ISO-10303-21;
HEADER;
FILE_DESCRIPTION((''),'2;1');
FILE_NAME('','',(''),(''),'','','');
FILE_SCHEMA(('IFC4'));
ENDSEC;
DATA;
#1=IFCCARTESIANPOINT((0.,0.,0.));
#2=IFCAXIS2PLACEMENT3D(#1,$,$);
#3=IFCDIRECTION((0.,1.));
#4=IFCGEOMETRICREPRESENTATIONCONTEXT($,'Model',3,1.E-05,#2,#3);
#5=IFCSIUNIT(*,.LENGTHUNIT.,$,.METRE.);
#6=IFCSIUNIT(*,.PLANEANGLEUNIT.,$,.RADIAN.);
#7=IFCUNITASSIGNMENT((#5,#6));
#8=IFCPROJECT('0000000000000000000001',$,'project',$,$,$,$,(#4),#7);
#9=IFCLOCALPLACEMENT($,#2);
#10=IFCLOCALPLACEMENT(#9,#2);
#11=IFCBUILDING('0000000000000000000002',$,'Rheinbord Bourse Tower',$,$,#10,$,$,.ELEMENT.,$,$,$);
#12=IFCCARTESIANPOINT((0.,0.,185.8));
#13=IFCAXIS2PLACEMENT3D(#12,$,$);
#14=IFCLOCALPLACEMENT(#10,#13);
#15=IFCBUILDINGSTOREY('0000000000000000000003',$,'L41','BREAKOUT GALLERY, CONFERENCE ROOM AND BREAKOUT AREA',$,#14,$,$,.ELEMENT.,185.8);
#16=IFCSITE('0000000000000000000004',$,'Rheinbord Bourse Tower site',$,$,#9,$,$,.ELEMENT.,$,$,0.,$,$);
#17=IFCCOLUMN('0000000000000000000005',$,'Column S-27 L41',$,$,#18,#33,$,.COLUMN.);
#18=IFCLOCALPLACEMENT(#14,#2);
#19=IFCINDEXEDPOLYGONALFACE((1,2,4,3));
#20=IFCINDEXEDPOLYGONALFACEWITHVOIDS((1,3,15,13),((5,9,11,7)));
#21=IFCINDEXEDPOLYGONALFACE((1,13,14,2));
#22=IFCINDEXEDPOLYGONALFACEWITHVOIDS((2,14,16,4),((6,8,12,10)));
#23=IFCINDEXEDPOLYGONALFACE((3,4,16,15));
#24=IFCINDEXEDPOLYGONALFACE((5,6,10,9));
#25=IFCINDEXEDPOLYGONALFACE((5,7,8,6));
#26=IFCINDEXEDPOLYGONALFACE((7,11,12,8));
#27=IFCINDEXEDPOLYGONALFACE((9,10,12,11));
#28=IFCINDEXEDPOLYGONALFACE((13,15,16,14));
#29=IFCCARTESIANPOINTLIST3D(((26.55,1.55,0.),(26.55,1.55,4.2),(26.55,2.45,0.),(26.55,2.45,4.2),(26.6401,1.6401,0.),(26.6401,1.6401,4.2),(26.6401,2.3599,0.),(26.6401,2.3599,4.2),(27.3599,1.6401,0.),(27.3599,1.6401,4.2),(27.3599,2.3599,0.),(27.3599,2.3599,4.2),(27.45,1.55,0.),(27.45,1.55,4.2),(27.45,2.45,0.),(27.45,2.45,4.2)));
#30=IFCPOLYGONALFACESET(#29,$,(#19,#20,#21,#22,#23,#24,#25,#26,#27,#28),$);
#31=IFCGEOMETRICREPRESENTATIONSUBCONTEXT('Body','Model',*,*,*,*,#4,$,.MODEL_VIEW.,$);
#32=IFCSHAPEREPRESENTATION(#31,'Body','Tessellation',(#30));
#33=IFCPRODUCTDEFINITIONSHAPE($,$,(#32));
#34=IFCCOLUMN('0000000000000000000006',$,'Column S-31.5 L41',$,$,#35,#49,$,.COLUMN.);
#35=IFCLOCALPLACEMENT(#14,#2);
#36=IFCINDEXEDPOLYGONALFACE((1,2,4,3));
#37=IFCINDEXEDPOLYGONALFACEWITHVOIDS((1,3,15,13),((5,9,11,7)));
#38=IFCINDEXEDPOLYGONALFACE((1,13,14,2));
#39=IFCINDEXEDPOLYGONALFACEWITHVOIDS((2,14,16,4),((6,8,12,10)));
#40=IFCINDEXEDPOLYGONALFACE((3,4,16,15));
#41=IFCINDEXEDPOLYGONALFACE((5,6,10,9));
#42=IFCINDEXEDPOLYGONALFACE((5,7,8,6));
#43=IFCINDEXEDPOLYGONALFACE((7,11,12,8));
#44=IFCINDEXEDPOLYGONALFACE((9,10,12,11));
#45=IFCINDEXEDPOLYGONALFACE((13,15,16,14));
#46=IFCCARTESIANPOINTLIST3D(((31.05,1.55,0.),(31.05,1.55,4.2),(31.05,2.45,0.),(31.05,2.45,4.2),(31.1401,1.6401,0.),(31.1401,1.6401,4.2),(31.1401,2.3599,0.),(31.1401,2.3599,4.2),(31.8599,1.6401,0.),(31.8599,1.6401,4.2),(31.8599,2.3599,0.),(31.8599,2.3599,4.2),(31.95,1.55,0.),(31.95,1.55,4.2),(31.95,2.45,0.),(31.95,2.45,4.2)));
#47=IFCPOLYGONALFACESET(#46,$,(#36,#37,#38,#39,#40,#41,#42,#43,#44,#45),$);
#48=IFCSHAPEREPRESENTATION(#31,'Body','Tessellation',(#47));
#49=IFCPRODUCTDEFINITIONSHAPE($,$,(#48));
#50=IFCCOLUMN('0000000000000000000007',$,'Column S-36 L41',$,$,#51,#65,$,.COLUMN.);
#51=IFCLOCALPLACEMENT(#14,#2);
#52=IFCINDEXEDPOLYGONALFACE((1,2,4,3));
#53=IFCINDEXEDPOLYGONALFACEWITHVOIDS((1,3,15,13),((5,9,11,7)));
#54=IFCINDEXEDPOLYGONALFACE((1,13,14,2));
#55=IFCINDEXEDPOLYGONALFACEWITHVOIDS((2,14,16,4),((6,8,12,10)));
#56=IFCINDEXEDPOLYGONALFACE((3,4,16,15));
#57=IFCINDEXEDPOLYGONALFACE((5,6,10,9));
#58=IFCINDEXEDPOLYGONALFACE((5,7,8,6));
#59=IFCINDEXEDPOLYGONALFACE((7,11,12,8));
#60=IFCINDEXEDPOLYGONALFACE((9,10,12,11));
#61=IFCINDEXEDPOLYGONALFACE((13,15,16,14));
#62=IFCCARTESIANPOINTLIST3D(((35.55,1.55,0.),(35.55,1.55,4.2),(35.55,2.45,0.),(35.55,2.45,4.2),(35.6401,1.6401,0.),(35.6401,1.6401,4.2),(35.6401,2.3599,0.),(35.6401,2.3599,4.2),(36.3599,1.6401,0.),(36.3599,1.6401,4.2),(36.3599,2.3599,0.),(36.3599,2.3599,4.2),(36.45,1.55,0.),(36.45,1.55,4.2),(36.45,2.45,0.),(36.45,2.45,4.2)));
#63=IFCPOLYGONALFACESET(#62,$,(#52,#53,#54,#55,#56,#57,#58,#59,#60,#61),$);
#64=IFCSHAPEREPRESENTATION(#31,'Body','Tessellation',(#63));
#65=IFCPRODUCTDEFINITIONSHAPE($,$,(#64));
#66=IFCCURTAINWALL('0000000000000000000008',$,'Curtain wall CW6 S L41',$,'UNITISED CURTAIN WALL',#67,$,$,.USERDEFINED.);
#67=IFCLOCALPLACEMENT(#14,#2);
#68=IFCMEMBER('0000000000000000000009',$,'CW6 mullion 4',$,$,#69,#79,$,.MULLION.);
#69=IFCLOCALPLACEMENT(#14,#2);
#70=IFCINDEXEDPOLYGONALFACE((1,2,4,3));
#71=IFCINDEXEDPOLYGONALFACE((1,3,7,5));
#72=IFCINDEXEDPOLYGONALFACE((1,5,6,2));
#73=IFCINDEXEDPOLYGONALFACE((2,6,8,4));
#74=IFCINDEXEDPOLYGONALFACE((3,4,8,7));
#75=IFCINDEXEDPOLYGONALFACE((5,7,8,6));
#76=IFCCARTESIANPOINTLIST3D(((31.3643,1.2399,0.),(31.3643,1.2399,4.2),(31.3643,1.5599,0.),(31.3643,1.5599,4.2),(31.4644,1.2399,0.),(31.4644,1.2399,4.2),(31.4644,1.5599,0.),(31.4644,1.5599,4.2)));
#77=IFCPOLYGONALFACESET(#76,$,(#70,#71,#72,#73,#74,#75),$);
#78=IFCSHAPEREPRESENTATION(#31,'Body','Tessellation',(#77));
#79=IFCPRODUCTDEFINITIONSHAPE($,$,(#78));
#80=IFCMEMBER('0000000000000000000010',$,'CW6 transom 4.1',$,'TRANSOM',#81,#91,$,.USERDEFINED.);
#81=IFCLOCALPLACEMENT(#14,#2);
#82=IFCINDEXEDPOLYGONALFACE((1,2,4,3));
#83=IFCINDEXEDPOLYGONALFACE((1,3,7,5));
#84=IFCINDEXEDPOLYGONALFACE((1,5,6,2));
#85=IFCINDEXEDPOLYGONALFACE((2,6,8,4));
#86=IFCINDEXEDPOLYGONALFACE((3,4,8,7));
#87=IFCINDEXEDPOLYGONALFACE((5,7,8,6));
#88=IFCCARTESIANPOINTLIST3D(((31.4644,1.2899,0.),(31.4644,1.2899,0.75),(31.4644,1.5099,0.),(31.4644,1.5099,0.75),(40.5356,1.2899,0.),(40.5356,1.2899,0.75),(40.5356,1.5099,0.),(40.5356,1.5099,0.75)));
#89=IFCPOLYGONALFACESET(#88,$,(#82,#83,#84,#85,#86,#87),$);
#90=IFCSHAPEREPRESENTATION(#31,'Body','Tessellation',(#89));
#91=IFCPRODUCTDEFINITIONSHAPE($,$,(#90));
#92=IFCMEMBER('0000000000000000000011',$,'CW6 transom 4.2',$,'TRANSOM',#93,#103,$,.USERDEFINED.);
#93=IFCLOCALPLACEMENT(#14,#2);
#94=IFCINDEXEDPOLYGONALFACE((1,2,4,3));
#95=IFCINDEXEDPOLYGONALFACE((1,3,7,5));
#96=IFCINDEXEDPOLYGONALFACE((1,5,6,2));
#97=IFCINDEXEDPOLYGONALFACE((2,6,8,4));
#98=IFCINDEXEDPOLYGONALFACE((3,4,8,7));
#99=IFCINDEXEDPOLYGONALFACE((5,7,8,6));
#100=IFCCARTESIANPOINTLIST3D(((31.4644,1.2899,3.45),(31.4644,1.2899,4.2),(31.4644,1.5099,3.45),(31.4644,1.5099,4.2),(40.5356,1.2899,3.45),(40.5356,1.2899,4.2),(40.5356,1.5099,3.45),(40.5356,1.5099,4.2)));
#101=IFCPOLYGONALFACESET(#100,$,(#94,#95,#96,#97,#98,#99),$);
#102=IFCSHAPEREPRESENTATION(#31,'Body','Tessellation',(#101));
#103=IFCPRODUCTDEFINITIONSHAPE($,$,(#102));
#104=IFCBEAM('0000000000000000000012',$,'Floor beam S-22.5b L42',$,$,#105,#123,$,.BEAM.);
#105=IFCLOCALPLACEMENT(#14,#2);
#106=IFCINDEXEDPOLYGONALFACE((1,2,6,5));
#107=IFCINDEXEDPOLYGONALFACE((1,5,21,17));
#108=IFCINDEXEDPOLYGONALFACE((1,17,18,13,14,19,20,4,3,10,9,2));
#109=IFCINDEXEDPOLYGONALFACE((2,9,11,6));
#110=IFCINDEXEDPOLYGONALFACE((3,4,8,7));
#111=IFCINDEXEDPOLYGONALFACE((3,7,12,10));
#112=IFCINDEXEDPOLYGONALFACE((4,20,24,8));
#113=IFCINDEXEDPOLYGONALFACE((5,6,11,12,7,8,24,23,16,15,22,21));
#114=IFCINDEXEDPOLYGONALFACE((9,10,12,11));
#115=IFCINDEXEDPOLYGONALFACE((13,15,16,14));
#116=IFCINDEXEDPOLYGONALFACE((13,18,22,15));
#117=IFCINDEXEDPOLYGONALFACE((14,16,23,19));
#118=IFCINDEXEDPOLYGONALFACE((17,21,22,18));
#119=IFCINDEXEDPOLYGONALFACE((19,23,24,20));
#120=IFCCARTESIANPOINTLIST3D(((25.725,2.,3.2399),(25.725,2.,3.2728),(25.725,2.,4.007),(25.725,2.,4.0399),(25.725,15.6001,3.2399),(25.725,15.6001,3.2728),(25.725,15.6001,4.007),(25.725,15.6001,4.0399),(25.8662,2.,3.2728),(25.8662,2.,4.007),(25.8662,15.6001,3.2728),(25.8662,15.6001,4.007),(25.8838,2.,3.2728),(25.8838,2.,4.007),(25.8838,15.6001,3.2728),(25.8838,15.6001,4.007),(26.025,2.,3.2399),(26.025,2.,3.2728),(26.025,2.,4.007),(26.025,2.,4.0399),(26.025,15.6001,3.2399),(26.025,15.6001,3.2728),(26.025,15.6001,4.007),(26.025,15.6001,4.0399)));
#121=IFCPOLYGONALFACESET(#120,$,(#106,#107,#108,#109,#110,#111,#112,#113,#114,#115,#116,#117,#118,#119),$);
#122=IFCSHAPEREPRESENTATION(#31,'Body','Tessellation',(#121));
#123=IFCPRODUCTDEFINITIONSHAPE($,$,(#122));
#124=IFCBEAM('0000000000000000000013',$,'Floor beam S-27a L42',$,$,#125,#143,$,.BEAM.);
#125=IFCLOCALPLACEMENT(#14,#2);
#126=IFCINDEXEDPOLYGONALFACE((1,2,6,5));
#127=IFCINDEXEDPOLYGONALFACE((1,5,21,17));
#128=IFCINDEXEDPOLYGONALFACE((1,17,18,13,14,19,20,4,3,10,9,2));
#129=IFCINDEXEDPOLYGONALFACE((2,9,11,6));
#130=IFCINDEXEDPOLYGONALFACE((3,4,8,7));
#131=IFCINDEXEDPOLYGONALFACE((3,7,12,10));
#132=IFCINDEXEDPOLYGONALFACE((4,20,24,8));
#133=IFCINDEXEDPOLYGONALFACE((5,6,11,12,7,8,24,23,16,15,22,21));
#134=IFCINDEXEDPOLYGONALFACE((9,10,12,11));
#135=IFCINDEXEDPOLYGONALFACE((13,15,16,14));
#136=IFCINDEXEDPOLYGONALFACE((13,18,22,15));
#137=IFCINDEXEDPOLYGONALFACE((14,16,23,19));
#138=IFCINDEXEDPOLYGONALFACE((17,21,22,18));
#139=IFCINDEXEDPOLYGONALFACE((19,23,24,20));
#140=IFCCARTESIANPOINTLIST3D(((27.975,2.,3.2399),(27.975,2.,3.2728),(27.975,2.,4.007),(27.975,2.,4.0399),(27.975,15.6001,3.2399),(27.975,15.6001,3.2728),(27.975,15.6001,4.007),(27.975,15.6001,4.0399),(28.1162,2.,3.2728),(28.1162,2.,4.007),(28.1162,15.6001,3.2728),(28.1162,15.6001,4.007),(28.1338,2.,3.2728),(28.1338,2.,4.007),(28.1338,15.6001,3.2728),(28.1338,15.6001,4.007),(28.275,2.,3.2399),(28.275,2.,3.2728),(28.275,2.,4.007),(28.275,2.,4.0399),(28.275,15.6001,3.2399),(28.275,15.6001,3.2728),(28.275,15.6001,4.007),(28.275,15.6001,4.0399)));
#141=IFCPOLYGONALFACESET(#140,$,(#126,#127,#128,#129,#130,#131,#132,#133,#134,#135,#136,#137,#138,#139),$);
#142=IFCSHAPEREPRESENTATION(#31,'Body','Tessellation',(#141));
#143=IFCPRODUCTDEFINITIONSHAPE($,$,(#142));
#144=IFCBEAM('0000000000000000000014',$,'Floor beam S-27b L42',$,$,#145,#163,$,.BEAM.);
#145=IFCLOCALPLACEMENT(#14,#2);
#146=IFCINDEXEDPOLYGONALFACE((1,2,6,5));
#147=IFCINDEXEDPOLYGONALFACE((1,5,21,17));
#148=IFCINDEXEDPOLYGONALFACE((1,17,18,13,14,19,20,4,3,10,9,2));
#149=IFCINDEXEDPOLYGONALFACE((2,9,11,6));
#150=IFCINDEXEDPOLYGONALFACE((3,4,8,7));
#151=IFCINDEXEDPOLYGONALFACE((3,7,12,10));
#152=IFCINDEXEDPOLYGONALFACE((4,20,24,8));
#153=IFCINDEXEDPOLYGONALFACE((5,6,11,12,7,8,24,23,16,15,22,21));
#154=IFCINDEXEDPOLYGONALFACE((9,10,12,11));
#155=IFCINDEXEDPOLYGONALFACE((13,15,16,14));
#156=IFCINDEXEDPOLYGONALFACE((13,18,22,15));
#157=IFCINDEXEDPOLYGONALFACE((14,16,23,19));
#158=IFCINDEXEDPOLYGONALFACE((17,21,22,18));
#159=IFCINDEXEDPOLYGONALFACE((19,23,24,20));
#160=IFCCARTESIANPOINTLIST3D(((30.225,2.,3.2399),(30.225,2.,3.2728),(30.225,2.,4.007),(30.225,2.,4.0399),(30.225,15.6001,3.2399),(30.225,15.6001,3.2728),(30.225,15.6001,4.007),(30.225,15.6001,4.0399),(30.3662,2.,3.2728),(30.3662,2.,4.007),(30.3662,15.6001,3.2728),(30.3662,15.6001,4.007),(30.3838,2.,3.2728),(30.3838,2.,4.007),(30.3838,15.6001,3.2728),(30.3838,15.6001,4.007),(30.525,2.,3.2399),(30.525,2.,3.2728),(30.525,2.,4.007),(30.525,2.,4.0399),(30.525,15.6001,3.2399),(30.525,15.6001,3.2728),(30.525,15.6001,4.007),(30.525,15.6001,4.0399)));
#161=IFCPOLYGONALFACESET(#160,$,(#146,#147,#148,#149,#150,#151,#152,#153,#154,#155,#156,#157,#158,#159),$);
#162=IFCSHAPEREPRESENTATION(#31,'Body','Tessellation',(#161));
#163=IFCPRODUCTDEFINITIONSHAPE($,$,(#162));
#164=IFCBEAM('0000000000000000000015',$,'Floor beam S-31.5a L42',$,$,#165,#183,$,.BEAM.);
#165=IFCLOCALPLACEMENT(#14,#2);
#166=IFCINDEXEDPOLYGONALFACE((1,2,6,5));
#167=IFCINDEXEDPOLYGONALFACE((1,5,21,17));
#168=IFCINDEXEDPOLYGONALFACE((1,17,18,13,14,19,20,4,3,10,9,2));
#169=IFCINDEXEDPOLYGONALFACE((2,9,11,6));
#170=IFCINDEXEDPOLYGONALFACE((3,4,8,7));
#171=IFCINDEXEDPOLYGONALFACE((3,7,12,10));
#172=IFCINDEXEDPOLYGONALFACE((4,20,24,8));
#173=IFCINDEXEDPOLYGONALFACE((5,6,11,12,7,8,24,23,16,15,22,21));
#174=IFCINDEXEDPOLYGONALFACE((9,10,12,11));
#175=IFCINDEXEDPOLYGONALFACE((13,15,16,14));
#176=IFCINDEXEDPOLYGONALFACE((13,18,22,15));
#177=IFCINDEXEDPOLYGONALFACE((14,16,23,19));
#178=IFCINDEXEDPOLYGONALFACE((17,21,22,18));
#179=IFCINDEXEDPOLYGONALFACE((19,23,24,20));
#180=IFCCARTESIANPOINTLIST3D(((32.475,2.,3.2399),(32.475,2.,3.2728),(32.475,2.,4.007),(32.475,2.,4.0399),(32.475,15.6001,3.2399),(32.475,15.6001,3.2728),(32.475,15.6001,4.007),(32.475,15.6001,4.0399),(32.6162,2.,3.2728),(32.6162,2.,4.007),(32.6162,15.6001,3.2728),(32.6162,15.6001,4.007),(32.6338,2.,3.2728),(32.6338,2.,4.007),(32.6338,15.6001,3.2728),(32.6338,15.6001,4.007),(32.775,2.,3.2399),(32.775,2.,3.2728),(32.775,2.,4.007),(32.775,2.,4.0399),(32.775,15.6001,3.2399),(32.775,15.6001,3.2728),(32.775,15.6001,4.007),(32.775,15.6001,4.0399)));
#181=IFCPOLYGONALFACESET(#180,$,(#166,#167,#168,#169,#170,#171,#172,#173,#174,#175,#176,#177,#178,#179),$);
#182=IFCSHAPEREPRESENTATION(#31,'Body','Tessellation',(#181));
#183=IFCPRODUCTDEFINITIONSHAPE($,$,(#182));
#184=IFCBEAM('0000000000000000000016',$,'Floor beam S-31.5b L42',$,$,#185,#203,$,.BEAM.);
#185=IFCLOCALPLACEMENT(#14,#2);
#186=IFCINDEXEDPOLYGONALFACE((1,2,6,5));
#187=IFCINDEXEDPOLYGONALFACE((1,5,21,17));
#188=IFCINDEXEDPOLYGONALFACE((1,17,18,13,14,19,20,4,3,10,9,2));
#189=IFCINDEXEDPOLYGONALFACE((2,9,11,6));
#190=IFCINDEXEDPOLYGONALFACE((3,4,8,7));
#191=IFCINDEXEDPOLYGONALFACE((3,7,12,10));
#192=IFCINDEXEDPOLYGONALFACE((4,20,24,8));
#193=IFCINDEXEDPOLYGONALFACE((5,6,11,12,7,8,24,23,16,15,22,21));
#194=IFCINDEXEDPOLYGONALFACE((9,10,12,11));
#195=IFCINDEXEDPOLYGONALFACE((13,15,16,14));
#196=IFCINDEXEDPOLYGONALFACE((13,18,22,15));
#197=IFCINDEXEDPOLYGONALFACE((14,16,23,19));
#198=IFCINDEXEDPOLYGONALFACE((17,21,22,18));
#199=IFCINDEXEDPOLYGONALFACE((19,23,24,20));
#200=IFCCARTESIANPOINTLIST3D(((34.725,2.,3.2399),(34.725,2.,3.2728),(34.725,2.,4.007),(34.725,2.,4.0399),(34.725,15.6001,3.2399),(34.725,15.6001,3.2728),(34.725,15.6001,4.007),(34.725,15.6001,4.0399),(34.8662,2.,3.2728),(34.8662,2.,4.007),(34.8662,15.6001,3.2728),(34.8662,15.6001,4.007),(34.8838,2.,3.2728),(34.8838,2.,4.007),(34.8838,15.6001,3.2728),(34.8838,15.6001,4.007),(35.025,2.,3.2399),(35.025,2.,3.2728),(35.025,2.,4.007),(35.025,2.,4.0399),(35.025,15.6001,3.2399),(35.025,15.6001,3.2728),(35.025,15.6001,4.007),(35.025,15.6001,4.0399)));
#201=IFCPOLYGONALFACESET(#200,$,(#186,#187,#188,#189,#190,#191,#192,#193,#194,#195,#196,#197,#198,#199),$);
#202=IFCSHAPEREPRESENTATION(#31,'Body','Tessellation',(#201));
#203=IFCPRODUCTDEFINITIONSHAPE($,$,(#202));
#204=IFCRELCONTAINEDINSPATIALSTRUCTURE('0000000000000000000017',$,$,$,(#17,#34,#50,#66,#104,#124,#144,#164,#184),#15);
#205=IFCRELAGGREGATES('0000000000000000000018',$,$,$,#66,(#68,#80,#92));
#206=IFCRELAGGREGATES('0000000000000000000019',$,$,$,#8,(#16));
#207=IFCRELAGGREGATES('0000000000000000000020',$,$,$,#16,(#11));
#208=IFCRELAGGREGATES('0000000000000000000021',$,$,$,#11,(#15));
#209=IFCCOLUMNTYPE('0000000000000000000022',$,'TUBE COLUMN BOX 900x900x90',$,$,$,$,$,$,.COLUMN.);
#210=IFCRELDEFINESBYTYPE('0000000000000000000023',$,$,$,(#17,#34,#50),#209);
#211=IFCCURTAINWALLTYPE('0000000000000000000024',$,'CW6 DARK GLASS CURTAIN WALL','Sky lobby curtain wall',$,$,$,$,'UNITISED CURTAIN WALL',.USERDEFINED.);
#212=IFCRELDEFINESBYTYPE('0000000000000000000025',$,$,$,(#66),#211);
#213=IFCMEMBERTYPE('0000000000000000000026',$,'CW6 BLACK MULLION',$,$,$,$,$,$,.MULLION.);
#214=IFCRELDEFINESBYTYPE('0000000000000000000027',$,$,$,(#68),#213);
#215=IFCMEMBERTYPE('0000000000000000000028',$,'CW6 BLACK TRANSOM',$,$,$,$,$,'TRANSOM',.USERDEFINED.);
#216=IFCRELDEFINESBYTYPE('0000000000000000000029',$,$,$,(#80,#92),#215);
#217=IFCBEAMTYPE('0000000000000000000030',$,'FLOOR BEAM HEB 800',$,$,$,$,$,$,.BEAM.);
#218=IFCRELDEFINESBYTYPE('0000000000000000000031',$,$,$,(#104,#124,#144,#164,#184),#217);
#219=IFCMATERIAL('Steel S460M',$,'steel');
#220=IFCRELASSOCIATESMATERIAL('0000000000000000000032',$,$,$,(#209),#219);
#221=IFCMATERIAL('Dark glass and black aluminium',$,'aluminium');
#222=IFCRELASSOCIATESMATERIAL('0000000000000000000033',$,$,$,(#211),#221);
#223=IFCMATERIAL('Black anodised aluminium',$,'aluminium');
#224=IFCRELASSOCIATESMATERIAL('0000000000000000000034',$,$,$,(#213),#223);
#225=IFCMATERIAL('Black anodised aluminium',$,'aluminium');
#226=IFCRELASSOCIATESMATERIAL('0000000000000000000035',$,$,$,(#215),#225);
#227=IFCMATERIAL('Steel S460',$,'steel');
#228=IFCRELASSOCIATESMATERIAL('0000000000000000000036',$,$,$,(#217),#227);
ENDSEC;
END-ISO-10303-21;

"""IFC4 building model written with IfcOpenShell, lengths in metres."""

from ifc_helpers import new_model, si_unit, direction, frame, origin, origin_2d, place, context, subcontext, project, spatial, rectangle, hollow_rectangle, i_section, extrude, material, material_profile, profile_set, type_object, element, aggregate, save


model = new_model("IFC4")

# Units and contexts
model_context = context("Model", 3, precision=1e-05, world=origin(), true_north=direction((0.0, 1.0)))
body_context = subcontext(model_context, "Body", "Model", "MODEL_VIEW")
ifc_project = project(units=[si_unit("LENGTHUNIT", "METRE"), si_unit("PLANEANGLEUNIT", "RADIAN")], contexts=[model_context])

# Site, building, storey
site_placement = place(None, origin())
site = spatial("IfcSite", under=ifc_project, at=site_placement, Name="Rheinbord Bourse Tower site", CompositionType="ELEMENT", RefElevation=0.0)
building_placement = place(site_placement, origin())
building = spatial("IfcBuilding", under=site, at=building_placement, Name="Rheinbord Bourse Tower", CompositionType="ELEMENT")
storey_placement = place(building_placement, frame((0.0, 0.0, 185.8)))
storey = spatial("IfcBuildingStorey", under=building, at=storey_placement, Name="L41", Description="BREAKOUT GALLERY, CONFERENCE ROOM AND BREAKOUT AREA", CompositionType="ELEMENT", Elevation=185.8)

# Columns
ifc_material_1 = material(Name="Steel S460M", Category="steel")
ifc_material_profile_1 = material_profile(ifc_material_1, hollow_rectangle(XDim=0.8999, YDim=0.8999, WallThickness=0.0901, at=origin_2d()), Name="BOX 900x900x90")
ifc_profile_set_1 = profile_set([ifc_material_profile_1], Name="Steel S460M")
column_type = type_object("IfcColumnType", Name="TUBE COLUMN BOX 900x900x90", PredefinedType="COLUMN", material=ifc_profile_set_1)
for number, where, z_axis, x_axis, name in (
    (1, (27.0, 2.0, 0.0), (0.0, 0.0, 1.0), (0.0, 1.0, 0.0), "Column S-27 L41"),
    (2, (31.5, 2.0, 0.0), (0.0, 0.0, 1.0), (0.0, 1.0, 0.0), "Column S-31.5 L41"),
    (3, (36.0, 2.0, 0.0), (0.0, 0.0, 1.0), (0.0, 1.0, 0.0), "Column S-36 L41"),
):
    element("IfcColumn", number, at=place(storey_placement, frame(where, z_axis=z_axis, x_axis=x_axis)), inside=storey, type_object=column_type, Name=name, PredefinedType="COLUMN", context=body_context, shape_type="SweptSolid", body=[
        extrude(hollow_rectangle(XDim=0.8999, YDim=0.8999, WallThickness=0.0901, at=origin_2d()), origin(), (0.0, 0.0, 1.0), 4.2),
    ])

# Curtain wall, members
ifc_material_2 = material(Name="Dark glass and black aluminium", Category="aluminium")
curtain_wall_type = type_object("IfcCurtainWallType", Name="CW6 DARK GLASS CURTAIN WALL", Description="Sky lobby curtain wall", ElementType="UNITISED CURTAIN WALL", PredefinedType="USERDEFINED", material=ifc_material_2)
curtain_wall_placement = place(storey_placement, origin())
curtain_wall = element("IfcCurtainWall", 4, at=curtain_wall_placement, inside=storey, type_object=curtain_wall_type, Name="Curtain wall CW6 S L41", ObjectType="UNITISED CURTAIN WALL", PredefinedType="USERDEFINED")
ifc_material_3 = material(Name="Black anodised aluminium", Category="aluminium")
ifc_material_profile_2 = material_profile(ifc_material_3, rectangle(XDim=0.3201, YDim=0.1001, at=origin_2d()), Name="CW6 MULLION 100x320")
ifc_profile_set_2 = profile_set([ifc_material_profile_2], Name="Black anodised aluminium")
member_type_1 = type_object("IfcMemberType", Name="CW6 BLACK MULLION", PredefinedType="MULLION", material=ifc_profile_set_2)
member_1_placement = place(storey_placement, frame((31.4143, 1.3999, 0.0), z_axis=(0.0, 0.0, 1.0), x_axis=(0.0, 1.0, 0.0)))
member_1 = element("IfcMember", 5, at=member_1_placement, type_object=member_type_1, Name="CW6 mullion 4", PredefinedType="MULLION", context=body_context, shape_type="SweptSolid", body=[
    extrude(rectangle(XDim=0.3201, YDim=0.1001, at=origin_2d()), origin(), (0.0, 0.0, 1.0), 4.2),
])
ifc_material_4 = material(Name="Black anodised aluminium", Category="aluminium")
ifc_material_profile_3 = material_profile(ifc_material_4, rectangle(XDim=0.22, YDim=0.75, at=origin_2d()), Name="CW6 TRANSOM 750x220")
ifc_profile_set_3 = profile_set([ifc_material_profile_3], Name="Black anodised aluminium")
member_type_2 = type_object("IfcMemberType", Name="CW6 BLACK TRANSOM", ElementType="TRANSOM", PredefinedType="USERDEFINED", material=ifc_profile_set_3)
member_2_placement = place(storey_placement, frame((31.4644, 1.3999, 0.375), z_axis=(1.0, 0.0, 0.0), x_axis=(0.0, 1.0, 0.0)))
member_2 = element("IfcMember", 6, at=member_2_placement, type_object=member_type_2, Name="CW6 transom 4.1", ObjectType="TRANSOM", PredefinedType="USERDEFINED", context=body_context, shape_type="SweptSolid", body=[
    extrude(rectangle(XDim=0.22, YDim=0.75, at=origin_2d()), origin(), (0.0, 0.0, 1.0), 9.0713),
])
member_3_placement = place(storey_placement, frame((31.4644, 1.3999, 3.825), z_axis=(1.0, 0.0, 0.0), x_axis=(0.0, 1.0, 0.0)))
member_3 = element("IfcMember", 7, at=member_3_placement, type_object=member_type_2, Name="CW6 transom 4.2", ObjectType="TRANSOM", PredefinedType="USERDEFINED", context=body_context, shape_type="SweptSolid", body=[
    extrude(rectangle(XDim=0.22, YDim=0.75, at=origin_2d()), origin(), (0.0, 0.0, 1.0), 9.0713),
])

# Beams
ifc_material_5 = material(Name="Steel S460", Category="steel")
ifc_material_profile_4 = material_profile(ifc_material_5, i_section(OverallWidth=0.3, OverallDepth=0.8, WebThickness=0.0176, FlangeThickness=0.033, at=origin_2d()), Name="HEB 800")
ifc_profile_set_4 = profile_set([ifc_material_profile_4], Name="Steel S460")
beam_type_1 = type_object("IfcBeamType", Name="FLOOR BEAM HEB 800", PredefinedType="BEAM", material=ifc_profile_set_4)
for number, where, z_axis, x_axis, name in (
    (8, (25.875, 2.0, 3.6399), (0.0, 1.0, 0.0), (-1.0, 0.0, 0.0), "Floor beam S-22.5b L42"),
    (9, (28.125, 2.0, 3.6399), (0.0, 1.0, 0.0), (-1.0, 0.0, 0.0), "Floor beam S-27a L42"),
    (10, (30.375, 2.0, 3.6399), (0.0, 1.0, 0.0), (-1.0, 0.0, 0.0), "Floor beam S-27b L42"),
    (11, (32.625, 2.0, 3.6399), (0.0, 1.0, 0.0), (-1.0, 0.0, 0.0), "Floor beam S-31.5a L42"),
    (12, (34.875, 2.0, 3.6399), (0.0, 1.0, 0.0), (-1.0, 0.0, 0.0), "Floor beam S-31.5b L42"),
):
    element("IfcBeam", number, at=place(storey_placement, frame(where, z_axis=z_axis, x_axis=x_axis)), inside=storey, type_object=beam_type_1, Name=name, PredefinedType="BEAM", context=body_context, shape_type="SweptSolid", body=[
        extrude(i_section(OverallWidth=0.3, OverallDepth=0.8, WebThickness=0.0176, FlangeThickness=0.033, at=origin_2d()), origin(), (0.0, 0.0, 1.0), 13.6001),
    ])

aggregate(curtain_wall, [member_1, member_2, member_3])

save(model, "model.ifc")
